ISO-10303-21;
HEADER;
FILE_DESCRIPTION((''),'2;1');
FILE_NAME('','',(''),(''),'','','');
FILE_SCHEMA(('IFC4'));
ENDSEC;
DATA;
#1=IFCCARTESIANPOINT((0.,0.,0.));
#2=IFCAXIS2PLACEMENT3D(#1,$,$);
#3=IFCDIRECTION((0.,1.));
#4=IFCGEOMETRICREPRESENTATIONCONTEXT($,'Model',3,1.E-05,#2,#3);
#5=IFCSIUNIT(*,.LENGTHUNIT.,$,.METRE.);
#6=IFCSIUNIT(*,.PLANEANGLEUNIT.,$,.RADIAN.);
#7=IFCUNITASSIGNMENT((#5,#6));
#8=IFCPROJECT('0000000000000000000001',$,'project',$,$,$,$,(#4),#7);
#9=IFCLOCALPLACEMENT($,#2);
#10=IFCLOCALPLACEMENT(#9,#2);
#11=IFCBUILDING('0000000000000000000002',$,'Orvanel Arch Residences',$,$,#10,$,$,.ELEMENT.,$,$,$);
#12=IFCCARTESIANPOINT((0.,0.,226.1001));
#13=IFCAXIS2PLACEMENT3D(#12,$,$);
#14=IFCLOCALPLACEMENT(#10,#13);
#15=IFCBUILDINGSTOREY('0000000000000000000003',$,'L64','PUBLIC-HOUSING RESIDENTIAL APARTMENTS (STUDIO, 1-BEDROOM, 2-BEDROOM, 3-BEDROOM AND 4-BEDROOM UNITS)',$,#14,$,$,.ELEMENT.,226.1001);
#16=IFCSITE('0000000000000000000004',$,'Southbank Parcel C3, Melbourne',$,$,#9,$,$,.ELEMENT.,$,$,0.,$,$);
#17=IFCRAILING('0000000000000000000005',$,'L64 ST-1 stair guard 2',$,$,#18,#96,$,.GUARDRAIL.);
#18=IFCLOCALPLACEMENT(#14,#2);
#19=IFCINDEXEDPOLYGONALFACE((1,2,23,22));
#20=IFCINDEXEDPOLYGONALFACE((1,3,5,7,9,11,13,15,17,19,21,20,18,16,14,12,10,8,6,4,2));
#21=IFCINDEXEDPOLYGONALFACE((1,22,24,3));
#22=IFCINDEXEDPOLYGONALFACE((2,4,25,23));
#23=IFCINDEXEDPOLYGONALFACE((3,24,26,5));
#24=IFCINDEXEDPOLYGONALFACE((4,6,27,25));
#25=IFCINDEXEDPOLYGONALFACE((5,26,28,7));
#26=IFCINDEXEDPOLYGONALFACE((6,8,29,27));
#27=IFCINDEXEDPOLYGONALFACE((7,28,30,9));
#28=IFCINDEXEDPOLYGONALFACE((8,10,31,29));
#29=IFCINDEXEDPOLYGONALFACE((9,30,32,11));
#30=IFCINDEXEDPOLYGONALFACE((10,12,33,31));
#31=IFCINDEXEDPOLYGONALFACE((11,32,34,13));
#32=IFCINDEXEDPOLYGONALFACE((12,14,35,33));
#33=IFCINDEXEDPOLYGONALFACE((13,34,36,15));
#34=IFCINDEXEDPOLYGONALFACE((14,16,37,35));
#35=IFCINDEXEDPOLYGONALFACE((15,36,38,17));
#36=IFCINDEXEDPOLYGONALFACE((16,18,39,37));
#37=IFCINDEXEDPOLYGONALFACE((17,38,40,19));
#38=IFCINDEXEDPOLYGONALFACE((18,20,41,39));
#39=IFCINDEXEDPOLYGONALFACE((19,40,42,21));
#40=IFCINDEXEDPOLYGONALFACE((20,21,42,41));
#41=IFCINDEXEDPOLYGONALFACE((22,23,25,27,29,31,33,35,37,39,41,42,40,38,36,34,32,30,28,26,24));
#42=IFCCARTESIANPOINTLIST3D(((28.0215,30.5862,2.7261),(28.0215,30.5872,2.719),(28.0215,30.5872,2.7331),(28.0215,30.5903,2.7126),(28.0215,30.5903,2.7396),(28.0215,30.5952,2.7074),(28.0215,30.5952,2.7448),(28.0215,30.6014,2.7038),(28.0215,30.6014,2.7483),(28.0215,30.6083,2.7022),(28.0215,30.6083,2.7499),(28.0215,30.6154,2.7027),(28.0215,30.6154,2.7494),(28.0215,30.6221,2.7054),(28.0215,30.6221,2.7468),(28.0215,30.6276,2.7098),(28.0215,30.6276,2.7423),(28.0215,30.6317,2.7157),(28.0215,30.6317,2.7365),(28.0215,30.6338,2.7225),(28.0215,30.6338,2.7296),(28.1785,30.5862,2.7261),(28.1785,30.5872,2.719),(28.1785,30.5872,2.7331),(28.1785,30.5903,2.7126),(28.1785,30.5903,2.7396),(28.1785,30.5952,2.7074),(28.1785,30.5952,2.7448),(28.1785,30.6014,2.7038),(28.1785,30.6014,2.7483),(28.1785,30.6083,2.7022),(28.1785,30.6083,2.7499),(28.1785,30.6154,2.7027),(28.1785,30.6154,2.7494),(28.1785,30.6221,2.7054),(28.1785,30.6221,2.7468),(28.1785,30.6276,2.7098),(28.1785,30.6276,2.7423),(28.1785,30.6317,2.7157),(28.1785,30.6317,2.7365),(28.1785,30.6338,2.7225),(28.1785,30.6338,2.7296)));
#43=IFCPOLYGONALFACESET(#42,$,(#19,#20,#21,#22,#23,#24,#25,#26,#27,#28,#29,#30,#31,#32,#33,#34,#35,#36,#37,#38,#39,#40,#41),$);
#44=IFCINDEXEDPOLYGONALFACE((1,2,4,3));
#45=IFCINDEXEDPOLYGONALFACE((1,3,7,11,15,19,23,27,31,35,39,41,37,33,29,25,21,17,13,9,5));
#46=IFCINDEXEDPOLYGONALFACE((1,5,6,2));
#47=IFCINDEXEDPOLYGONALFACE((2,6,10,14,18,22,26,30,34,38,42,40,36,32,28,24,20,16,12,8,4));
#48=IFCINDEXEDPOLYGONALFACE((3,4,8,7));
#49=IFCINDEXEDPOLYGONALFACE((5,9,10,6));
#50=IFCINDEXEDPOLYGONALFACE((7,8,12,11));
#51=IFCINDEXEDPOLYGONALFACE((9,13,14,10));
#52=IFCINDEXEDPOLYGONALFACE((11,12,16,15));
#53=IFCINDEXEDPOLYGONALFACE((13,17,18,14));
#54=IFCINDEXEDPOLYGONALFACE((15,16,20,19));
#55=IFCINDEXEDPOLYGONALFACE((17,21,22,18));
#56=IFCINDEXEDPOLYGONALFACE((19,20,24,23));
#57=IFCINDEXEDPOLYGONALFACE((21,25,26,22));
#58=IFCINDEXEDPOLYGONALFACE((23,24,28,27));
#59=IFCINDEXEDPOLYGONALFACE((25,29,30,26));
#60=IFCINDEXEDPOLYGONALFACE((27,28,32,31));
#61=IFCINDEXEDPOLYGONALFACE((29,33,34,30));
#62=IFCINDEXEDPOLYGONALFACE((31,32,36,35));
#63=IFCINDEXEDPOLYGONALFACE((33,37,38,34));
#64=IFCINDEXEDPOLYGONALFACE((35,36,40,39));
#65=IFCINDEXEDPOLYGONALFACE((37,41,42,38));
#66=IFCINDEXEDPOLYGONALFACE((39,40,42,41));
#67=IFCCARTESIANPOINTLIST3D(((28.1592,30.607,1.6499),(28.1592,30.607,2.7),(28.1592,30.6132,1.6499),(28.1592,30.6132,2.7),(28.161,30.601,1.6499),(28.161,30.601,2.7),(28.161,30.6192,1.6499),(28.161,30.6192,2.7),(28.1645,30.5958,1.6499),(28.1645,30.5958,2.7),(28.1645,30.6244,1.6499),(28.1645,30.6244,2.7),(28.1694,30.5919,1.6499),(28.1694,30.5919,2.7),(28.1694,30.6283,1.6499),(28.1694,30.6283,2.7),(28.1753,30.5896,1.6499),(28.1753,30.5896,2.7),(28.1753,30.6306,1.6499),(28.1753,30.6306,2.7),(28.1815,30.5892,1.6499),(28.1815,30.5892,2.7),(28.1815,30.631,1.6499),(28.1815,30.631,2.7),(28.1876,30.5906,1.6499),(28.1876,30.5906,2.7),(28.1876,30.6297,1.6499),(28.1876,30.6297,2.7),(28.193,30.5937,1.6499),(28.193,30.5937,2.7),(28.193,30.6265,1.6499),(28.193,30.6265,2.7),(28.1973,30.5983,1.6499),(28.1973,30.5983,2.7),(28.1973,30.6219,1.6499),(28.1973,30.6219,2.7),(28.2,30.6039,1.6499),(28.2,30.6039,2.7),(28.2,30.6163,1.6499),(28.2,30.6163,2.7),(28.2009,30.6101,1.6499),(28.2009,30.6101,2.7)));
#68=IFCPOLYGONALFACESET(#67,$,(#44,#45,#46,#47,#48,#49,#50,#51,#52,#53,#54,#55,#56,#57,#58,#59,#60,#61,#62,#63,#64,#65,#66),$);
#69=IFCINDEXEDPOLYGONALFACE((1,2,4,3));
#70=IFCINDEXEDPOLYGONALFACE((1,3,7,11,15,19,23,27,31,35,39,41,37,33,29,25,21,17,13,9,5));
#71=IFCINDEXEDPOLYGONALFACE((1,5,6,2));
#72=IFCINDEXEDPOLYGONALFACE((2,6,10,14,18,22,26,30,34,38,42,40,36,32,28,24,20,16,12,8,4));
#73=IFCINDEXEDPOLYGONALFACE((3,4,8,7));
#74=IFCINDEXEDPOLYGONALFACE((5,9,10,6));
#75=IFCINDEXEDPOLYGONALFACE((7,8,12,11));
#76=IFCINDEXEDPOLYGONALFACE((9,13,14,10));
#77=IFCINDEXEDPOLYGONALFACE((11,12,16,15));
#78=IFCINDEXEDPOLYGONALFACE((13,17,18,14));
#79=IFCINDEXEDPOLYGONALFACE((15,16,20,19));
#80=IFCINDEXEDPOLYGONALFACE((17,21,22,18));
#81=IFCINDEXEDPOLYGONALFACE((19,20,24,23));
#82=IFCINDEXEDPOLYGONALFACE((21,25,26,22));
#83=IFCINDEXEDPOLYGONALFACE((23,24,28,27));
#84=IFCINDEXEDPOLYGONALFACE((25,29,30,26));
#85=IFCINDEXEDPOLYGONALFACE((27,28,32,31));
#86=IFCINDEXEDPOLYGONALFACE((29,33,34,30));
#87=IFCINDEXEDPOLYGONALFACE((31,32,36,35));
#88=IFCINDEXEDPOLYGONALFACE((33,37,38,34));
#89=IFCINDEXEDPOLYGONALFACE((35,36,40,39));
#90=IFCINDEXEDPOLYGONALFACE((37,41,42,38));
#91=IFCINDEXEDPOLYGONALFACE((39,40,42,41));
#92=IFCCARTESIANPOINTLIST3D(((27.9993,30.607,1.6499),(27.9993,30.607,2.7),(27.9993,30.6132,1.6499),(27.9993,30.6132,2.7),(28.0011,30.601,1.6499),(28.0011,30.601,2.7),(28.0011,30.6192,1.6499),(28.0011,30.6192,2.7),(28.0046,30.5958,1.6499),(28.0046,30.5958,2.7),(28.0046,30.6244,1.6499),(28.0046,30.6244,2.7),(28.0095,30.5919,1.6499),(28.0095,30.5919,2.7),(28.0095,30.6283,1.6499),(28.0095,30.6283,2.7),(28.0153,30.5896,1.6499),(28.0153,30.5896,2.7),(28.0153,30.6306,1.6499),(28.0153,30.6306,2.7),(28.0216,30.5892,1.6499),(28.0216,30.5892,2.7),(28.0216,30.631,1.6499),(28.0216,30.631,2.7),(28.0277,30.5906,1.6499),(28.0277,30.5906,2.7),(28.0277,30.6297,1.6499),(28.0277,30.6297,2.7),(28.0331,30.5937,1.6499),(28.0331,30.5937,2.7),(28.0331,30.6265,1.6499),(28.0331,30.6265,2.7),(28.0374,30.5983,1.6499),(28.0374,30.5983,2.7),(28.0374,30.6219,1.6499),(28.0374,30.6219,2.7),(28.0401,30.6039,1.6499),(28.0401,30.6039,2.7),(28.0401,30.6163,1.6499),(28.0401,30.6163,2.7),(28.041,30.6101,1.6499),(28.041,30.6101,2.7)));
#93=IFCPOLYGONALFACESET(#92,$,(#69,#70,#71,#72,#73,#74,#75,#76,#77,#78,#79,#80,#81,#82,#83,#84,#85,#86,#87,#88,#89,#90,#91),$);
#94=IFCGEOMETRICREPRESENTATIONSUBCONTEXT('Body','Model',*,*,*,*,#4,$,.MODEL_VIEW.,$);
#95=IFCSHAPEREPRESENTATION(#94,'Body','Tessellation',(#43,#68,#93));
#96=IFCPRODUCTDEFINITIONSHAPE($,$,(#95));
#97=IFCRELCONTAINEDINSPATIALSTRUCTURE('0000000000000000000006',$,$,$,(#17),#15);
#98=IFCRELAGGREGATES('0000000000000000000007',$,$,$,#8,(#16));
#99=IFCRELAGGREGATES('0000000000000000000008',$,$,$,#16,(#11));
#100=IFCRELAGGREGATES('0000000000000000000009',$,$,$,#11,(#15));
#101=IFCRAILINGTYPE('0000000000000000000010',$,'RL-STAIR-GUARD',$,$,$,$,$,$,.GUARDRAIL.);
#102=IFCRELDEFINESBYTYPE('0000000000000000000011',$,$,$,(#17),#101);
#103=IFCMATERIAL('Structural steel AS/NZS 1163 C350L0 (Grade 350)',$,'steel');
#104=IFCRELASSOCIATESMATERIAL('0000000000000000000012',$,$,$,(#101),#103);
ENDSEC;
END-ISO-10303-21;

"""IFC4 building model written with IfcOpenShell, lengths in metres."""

from ifc_helpers import new_model, si_unit, direction, frame, origin, origin_2d, place, context, subcontext, project, spatial, circle, extrude, material, type_object, element, save


model = new_model("IFC4")

# Units and contexts
model_context = context("Model", 3, precision=1e-05, world=origin(), true_north=direction((0.0, 1.0)))
body_context = subcontext(model_context, "Body", "Model", "MODEL_VIEW")
ifc_project = project(units=[si_unit("LENGTHUNIT", "METRE"), si_unit("PLANEANGLEUNIT", "RADIAN")], contexts=[model_context])

# Site, building, storey
site_placement = place(None, origin())
site = spatial("IfcSite", under=ifc_project, at=site_placement, Name="Southbank Parcel C3, Melbourne", CompositionType="ELEMENT", RefElevation=0.0)
building_placement = place(site_placement, origin())
building = spatial("IfcBuilding", under=site, at=building_placement, Name="Orvanel Arch Residences", CompositionType="ELEMENT")
storey_placement = place(building_placement, frame((0.0, 0.0, 226.1001)))
storey = spatial("IfcBuildingStorey", under=building, at=storey_placement, Name="L64", Description="PUBLIC-HOUSING RESIDENTIAL APARTMENTS (STUDIO, 1-BEDROOM, 2-BEDROOM, 3-BEDROOM AND 4-BEDROOM UNITS)", CompositionType="ELEMENT", Elevation=226.1001)

# Shared definitions
ifc_material_1 = material(Name="Structural steel AS/NZS 1163 C350L0 (Grade 350)", Category="steel")

# Railing
railing_type_1 = type_object("IfcRailingType", Name="RL-STAIR-GUARD", PredefinedType="GUARDRAIL", material=ifc_material_1)
railing_1_placement = place(storey_placement, frame((28.1799, 30.6101, 1.6499)))
element("IfcRailing", 1, at=railing_1_placement, inside=storey, type_object=railing_type_1, Name="L64 ST-1 stair guard 2", PredefinedType="GUARDRAIL", context=body_context, shape_type="SweptSolid", body=[
    extrude(circle(Radius=0.0239, at=origin_2d()), frame((-0.0015, 0.0, 1.0762), z_axis=(-1.0, 0.0, 0.0), x_axis=(0.0, -1.0, 0.0)), (0.0, 0.0, 1.0), 0.157),
    extrude(circle(Radius=0.021, at=origin_2d()), origin(), (0.0, 0.0, 1.0), 1.05),
    extrude(circle(Radius=0.021, at=origin_2d()), frame((-0.1599, 0.0, 0.0)), (0.0, 0.0, 1.0), 1.05),
])

save(model, "model.ifc")
